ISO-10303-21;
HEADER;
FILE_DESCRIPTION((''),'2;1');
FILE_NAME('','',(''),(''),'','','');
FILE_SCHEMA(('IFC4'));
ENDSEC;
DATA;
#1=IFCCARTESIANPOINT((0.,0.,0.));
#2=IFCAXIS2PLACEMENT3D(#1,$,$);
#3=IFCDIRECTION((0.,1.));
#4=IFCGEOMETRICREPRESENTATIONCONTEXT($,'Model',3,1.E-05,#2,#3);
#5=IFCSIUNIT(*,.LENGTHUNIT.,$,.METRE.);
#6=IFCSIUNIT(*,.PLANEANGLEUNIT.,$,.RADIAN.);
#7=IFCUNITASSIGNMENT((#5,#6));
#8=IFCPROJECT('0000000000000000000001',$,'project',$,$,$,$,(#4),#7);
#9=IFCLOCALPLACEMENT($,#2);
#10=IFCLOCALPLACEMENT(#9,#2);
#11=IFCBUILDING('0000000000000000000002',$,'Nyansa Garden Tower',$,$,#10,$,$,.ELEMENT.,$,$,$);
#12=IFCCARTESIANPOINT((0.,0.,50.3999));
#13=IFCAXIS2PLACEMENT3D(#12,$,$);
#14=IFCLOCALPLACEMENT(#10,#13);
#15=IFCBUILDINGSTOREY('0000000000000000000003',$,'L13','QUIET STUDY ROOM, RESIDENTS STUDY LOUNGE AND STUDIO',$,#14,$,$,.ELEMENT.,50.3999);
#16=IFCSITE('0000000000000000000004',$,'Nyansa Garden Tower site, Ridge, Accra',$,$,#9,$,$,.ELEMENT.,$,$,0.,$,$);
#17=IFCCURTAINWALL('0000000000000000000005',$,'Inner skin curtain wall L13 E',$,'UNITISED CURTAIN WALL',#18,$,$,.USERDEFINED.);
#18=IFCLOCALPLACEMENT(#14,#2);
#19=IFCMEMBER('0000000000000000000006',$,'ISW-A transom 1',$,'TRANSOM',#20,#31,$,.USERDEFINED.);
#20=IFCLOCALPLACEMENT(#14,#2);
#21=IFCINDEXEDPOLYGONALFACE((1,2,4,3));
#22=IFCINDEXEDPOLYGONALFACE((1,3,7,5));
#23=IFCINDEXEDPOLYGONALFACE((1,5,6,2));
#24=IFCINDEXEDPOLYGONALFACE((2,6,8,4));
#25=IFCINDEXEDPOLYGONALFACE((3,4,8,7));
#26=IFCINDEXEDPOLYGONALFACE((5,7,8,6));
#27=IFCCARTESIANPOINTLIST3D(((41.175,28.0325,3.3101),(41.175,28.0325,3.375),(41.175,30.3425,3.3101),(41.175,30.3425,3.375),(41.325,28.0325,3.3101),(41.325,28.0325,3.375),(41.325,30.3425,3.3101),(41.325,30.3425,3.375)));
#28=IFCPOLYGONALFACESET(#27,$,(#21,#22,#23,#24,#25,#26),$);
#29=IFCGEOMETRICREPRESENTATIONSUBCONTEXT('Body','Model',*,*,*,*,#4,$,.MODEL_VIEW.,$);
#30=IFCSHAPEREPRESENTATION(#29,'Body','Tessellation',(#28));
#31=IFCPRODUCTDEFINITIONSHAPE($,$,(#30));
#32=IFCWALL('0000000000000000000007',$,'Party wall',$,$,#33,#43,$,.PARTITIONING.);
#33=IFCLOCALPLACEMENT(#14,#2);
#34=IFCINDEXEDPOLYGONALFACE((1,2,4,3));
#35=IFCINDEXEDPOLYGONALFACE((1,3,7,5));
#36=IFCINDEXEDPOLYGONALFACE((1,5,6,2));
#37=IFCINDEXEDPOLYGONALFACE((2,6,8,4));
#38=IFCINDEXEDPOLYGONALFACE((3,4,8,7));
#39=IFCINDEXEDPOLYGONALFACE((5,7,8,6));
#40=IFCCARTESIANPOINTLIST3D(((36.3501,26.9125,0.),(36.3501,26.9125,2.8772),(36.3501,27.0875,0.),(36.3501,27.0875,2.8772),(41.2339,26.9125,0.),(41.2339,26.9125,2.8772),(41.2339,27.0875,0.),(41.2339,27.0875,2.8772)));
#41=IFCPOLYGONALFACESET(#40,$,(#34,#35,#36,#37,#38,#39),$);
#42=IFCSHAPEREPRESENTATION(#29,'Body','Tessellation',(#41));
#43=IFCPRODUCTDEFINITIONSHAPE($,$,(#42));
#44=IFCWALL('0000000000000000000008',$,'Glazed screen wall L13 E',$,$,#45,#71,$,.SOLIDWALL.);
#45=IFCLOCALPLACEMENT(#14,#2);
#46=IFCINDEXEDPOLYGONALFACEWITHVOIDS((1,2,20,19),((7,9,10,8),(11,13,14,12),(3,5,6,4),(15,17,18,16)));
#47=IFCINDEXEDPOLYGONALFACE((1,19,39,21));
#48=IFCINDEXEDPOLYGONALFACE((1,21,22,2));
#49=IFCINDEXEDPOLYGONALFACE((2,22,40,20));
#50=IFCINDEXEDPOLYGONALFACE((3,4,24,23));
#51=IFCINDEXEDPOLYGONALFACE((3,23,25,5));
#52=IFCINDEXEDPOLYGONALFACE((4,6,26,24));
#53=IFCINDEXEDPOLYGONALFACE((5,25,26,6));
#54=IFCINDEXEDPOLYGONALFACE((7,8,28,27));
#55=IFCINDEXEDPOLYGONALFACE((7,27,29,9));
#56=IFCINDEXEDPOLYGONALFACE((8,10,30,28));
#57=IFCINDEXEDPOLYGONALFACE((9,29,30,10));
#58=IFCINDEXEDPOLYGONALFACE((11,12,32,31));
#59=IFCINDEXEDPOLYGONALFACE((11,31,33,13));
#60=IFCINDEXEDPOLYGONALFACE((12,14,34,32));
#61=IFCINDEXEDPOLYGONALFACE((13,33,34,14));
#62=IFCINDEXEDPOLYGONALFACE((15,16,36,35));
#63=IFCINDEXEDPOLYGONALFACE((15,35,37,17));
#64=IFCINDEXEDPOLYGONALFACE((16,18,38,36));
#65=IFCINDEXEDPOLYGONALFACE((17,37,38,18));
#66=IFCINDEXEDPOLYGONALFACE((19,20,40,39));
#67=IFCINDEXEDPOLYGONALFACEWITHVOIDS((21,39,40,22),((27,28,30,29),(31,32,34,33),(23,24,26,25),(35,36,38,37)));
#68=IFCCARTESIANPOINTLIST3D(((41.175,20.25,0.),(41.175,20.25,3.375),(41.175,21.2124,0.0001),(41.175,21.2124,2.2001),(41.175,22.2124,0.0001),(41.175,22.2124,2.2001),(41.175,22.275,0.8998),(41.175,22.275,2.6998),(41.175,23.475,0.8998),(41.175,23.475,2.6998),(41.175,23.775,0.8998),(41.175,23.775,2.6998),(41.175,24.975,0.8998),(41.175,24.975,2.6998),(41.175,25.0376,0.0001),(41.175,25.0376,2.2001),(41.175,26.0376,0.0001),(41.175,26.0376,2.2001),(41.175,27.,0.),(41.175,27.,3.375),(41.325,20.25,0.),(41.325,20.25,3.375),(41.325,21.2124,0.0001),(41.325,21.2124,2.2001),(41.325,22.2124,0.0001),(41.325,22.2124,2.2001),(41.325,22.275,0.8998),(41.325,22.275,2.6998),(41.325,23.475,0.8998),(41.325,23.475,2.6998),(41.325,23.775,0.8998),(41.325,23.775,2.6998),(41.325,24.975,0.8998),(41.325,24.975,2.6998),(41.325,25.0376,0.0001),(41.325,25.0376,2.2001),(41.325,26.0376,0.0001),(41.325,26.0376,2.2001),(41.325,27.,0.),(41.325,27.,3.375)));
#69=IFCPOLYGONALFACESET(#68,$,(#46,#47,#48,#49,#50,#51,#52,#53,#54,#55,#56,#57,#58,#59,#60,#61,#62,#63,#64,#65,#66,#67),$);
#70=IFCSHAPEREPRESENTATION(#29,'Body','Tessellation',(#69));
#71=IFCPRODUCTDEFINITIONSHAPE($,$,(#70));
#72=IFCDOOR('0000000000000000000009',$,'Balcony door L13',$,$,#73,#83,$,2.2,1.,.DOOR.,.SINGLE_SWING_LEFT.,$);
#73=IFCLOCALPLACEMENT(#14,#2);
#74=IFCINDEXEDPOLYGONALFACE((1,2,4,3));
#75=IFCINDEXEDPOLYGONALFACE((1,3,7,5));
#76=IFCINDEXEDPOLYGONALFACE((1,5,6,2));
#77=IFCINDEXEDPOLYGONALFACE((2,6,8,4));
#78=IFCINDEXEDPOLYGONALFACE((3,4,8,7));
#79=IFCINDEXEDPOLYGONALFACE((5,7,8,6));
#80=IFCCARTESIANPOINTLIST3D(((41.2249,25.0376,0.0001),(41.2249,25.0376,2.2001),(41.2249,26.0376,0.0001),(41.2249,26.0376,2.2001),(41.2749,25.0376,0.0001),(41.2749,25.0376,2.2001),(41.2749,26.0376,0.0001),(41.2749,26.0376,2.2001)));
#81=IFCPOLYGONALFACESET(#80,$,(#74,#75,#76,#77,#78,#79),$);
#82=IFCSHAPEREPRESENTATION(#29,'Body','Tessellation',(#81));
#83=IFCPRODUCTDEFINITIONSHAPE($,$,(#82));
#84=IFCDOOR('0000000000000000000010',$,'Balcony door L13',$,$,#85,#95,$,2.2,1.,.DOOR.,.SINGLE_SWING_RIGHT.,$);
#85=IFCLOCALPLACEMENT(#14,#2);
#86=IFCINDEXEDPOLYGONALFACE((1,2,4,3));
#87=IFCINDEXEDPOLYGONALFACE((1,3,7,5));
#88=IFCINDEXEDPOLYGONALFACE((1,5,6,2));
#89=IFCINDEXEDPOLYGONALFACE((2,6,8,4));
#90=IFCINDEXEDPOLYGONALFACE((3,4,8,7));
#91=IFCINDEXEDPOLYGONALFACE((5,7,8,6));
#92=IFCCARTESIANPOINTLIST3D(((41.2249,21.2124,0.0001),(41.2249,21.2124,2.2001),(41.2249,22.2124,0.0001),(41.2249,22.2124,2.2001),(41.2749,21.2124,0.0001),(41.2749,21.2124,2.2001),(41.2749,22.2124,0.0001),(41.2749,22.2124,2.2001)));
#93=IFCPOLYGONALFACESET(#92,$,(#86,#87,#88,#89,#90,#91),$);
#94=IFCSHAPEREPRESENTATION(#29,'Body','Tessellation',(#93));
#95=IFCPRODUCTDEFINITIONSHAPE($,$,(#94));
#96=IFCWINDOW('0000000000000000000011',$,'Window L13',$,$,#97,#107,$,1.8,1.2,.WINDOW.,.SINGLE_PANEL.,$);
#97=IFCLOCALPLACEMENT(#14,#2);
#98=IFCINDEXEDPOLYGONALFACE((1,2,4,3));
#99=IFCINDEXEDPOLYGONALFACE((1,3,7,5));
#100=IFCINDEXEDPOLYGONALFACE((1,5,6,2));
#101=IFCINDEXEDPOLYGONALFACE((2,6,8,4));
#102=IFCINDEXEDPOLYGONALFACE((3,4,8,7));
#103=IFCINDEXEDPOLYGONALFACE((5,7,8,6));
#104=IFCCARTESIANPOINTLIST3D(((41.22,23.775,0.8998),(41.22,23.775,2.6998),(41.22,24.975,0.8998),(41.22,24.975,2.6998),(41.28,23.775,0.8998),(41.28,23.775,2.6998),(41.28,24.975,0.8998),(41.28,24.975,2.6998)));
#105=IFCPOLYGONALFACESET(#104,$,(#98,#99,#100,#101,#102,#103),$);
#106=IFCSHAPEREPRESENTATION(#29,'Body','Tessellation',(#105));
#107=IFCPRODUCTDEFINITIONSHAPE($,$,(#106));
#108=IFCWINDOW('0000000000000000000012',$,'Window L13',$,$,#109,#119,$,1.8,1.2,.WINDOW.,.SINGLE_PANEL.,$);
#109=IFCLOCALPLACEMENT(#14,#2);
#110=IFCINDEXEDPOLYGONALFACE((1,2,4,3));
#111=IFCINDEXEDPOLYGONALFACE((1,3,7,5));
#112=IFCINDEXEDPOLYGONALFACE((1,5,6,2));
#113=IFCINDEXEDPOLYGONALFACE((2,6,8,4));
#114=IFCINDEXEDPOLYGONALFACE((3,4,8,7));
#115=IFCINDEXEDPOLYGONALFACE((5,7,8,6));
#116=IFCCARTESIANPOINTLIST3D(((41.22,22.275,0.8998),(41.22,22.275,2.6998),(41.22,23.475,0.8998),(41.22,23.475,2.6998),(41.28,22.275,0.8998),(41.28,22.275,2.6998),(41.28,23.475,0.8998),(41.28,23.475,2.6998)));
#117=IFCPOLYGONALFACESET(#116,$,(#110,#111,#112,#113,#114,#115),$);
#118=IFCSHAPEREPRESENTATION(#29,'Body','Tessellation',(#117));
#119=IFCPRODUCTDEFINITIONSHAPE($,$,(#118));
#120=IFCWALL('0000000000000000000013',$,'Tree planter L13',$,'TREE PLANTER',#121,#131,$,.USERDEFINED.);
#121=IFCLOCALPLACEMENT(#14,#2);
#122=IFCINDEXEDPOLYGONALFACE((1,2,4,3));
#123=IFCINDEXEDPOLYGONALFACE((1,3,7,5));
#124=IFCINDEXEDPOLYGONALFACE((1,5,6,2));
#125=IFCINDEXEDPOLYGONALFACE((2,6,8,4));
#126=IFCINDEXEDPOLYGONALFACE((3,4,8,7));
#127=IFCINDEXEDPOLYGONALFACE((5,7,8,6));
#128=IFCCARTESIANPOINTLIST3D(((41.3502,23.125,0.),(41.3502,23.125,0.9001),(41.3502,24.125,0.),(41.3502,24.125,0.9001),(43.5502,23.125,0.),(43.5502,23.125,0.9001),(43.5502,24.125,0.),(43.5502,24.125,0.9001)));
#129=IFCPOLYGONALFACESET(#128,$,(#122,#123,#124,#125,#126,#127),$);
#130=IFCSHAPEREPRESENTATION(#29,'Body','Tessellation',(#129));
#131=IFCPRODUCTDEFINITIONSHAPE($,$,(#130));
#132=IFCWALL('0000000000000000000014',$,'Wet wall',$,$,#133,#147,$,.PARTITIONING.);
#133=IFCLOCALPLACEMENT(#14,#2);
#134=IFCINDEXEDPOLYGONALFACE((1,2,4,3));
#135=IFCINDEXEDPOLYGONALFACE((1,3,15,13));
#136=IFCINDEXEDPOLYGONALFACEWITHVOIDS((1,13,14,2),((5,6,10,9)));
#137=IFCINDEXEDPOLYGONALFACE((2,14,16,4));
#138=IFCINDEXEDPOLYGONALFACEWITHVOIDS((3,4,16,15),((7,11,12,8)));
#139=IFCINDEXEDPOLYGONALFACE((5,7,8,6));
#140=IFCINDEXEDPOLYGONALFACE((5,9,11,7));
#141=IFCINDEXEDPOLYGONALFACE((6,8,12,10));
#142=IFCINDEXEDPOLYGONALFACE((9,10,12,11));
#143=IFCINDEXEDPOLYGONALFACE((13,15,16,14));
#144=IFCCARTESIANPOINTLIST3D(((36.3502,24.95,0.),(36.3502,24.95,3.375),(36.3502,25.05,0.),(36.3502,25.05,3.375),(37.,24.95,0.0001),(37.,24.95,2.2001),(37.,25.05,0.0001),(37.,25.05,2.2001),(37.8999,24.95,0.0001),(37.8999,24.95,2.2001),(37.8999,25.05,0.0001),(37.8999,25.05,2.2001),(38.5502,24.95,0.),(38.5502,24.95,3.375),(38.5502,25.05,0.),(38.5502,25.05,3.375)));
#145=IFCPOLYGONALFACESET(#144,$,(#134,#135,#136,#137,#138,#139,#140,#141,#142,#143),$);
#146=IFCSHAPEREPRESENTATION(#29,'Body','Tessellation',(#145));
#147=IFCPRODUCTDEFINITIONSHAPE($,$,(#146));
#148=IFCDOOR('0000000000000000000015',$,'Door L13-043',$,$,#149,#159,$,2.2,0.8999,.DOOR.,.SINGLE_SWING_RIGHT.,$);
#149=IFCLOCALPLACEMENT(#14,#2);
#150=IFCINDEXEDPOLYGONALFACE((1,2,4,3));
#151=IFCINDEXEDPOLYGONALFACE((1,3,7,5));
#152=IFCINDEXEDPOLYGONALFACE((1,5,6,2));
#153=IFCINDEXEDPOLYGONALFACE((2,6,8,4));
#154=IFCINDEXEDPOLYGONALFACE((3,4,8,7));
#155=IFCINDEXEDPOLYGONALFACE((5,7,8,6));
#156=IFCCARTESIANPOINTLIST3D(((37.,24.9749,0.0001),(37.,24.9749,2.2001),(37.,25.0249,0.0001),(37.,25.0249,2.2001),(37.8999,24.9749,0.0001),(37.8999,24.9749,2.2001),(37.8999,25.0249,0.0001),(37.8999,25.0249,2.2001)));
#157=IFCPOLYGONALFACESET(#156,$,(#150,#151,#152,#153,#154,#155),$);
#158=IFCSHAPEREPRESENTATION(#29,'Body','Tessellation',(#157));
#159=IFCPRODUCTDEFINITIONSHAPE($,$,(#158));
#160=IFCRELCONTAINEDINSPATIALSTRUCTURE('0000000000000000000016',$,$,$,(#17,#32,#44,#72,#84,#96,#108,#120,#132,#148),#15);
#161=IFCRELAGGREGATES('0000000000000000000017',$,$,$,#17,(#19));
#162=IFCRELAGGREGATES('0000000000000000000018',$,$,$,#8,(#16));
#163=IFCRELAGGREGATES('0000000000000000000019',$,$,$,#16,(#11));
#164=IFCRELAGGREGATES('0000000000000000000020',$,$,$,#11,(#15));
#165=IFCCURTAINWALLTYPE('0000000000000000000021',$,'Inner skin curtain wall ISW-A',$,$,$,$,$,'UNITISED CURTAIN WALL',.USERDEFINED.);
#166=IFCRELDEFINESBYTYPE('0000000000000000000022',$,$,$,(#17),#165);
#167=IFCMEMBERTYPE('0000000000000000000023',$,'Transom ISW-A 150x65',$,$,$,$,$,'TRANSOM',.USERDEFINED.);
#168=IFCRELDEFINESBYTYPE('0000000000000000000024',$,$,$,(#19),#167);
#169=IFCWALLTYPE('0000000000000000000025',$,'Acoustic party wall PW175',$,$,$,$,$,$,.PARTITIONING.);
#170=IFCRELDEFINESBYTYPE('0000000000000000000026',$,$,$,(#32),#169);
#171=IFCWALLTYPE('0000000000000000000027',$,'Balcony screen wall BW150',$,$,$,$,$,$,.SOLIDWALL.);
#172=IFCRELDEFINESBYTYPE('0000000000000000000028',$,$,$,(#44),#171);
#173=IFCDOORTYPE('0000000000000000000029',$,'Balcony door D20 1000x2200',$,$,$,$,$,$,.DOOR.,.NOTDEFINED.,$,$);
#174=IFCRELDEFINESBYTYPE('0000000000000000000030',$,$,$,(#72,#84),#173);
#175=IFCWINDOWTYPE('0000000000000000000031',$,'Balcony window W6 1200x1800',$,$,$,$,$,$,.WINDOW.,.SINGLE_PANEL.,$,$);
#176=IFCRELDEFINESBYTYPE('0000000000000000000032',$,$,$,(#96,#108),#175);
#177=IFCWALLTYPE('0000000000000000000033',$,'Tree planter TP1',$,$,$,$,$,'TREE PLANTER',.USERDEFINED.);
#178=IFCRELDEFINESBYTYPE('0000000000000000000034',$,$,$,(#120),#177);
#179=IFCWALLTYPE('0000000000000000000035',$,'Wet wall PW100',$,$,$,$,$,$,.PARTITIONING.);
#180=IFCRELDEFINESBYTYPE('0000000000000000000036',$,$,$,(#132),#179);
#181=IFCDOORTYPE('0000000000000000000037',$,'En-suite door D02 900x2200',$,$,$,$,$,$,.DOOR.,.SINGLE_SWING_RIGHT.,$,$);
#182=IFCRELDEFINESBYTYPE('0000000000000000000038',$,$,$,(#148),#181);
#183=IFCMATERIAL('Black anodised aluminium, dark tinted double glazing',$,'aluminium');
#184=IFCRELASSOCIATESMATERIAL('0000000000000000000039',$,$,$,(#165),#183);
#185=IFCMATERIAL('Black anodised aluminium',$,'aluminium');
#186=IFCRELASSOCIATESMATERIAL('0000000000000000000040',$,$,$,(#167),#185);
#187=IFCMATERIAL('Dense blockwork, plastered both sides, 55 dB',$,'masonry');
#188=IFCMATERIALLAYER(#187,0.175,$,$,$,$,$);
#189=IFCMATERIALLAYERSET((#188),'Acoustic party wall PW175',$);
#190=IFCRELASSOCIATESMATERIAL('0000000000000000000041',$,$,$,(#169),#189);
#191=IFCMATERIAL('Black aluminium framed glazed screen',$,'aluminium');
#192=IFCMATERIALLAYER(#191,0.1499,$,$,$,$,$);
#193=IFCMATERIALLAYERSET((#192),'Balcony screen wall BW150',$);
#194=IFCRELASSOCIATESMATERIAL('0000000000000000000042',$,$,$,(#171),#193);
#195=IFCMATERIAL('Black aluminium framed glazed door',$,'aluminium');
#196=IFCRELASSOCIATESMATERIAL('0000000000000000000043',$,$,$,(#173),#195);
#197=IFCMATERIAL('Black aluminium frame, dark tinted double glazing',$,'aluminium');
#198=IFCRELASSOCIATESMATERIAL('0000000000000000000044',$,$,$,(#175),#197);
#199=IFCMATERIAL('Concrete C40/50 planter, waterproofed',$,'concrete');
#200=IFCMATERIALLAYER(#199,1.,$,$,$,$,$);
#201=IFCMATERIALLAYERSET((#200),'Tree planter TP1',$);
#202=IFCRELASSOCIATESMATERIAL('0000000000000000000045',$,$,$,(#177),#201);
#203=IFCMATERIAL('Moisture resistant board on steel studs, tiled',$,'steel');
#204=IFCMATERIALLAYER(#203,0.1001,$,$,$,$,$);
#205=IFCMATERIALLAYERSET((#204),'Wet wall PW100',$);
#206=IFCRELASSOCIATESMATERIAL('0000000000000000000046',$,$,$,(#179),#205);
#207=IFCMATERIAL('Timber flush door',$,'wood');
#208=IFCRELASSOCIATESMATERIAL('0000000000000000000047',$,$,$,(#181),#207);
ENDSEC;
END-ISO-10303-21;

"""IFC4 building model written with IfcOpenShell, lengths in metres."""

from ifc_helpers import new_model, si_unit, direction, frame, frame_2d, origin, origin_2d, place, context, subcontext, project, spatial, rectangle, extrude, material, layer, layer_set, material_profile, profile_set, type_object, element, fill, aggregate, save


model = new_model("IFC4")

# Units and contexts
model_context = context("Model", 3, precision=1e-05, world=origin(), true_north=direction((0.0, 1.0)))
body_context = subcontext(model_context, "Body", "Model", "MODEL_VIEW")
ifc_project = project(units=[si_unit("LENGTHUNIT", "METRE"), si_unit("PLANEANGLEUNIT", "RADIAN")], contexts=[model_context])

# Site, building, storey
site_placement = place(None, origin())
site = spatial("IfcSite", under=ifc_project, at=site_placement, Name="Nyansa Garden Tower site, Ridge, Accra", CompositionType="ELEMENT", RefElevation=0.0)
building_placement = place(site_placement, origin())
building = spatial("IfcBuilding", under=site, at=building_placement, Name="Nyansa Garden Tower", CompositionType="ELEMENT")
storey_placement = place(building_placement, frame((0.0, 0.0, 50.3999)))
storey = spatial("IfcBuildingStorey", under=building, at=storey_placement, Name="L13", Description="QUIET STUDY ROOM, RESIDENTS STUDY LOUNGE AND STUDIO", CompositionType="ELEMENT", Elevation=50.3999)

# Curtain wall
ifc_material_1 = material(Name="Black anodised aluminium, dark tinted double glazing", Category="aluminium")
curtain_wall_type = type_object("IfcCurtainWallType", Name="Inner skin curtain wall ISW-A", ElementType="UNITISED CURTAIN WALL", PredefinedType="USERDEFINED", material=ifc_material_1)
curtain_wall_placement = place(storey_placement, origin())
curtain_wall = element("IfcCurtainWall", 1, at=curtain_wall_placement, inside=storey, type_object=curtain_wall_type, Name="Inner skin curtain wall L13 E", ObjectType="UNITISED CURTAIN WALL", PredefinedType="USERDEFINED")

# Member
ifc_material_2 = material(Name="Black anodised aluminium", Category="aluminium")
ifc_material_profile_1 = material_profile(ifc_material_2, rectangle(XDim=0.1499, YDim=0.0649, at=origin_2d()), Name="Transom 150x65")
ifc_profile_set_1 = profile_set([ifc_material_profile_1], Name="Black anodised aluminium")
member_type_1 = type_object("IfcMemberType", Name="Transom ISW-A 150x65", ElementType="TRANSOM", PredefinedType="USERDEFINED", material=ifc_profile_set_1)
member_1_placement = place(storey_placement, frame((41.25, 28.0325, 3.3425), z_axis=(0.0, 1.0, 0.0), x_axis=(-1.0, 0.0, 0.0)))
member_1 = element("IfcMember", 2, at=member_1_placement, type_object=member_type_1, Name="ISW-A transom 1", ObjectType="TRANSOM", PredefinedType="USERDEFINED", context=body_context, shape_type="SweptSolid", body=[
    extrude(rectangle(XDim=0.1499, YDim=0.0649, at=origin_2d()), origin(), (0.0, 0.0, 1.0), 2.3101),
])
aggregate(curtain_wall, [member_1])

# Wall
ifc_material_3 = material(Name="Dense blockwork, plastered both sides, 55 dB", Category="masonry")
ifc_layer_1 = layer(ifc_material_3, 0.175)
ifc_layer_set_1 = layer_set([ifc_layer_1], Name="Acoustic party wall PW175")
wall_type_1 = type_object("IfcWallType", Name="Acoustic party wall PW175", PredefinedType="PARTITIONING", material=ifc_layer_set_1)
wall_1_placement = place(storey_placement, frame((36.3501, 27.0, 0.0), z_axis=(0.0, 0.0, 1.0), x_axis=(1.0, 0.0, 0.0)))
element("IfcWall", 3, at=wall_1_placement, inside=storey, type_object=wall_type_1, Name="Party wall", PredefinedType="PARTITIONING", context=body_context, shape_type="SweptSolid", body=[
    extrude(rectangle(XDim=4.8838, YDim=0.175, at=frame_2d((2.4419, 0.0))), origin(), (0.0, 0.0, 1.0), 2.8772),
])

# Wall, openings, doors, windows
ifc_material_4 = material(Name="Black aluminium framed glazed screen", Category="aluminium")
ifc_layer_2 = layer(ifc_material_4, 0.1499)
ifc_layer_set_2 = layer_set([ifc_layer_2], Name="Balcony screen wall BW150")
wall_type_2 = type_object("IfcWallType", Name="Balcony screen wall BW150", PredefinedType="SOLIDWALL", material=ifc_layer_set_2)
wall_2_placement = place(storey_placement, frame((41.25, 27.0, 0.0), z_axis=(0.0, 0.0, 1.0), x_axis=(0.0, -1.0, 0.0)))
wall_2 = element("IfcWall", 4, at=wall_2_placement, inside=storey, type_object=wall_type_2, Name="Glazed screen wall L13 E", PredefinedType="SOLIDWALL", context=body_context, shape_type="SweptSolid", body=[
    extrude(rectangle(XDim=6.75, YDim=0.1499, at=frame_2d((3.375, 0.0))), origin(), (0.0, 0.0, 1.0), 3.375),
])
opening_1_placement = place(wall_2_placement, frame((0.9624, 0.0, 0.0)))
opening_1 = element("IfcOpeningElement", 5, at=opening_1_placement, cuts=wall_2, PredefinedType="OPENING", context=body_context, shape_type="SweptSolid", body=[
    extrude(rectangle(XDim=1.0, YDim=2.2, at=frame_2d((0.5, 1.1001))), frame((0.0, 0.085, 0.0), z_axis=(0.0, -1.0, 0.0), x_axis=(1.0, 0.0, 0.0)), (0.0, 0.0, 1.0), 0.1699),
])
opening_2_placement = place(wall_2_placement, frame((2.0249, 0.0, 0.8999)))
opening_2 = element("IfcOpeningElement", 6, at=opening_2_placement, cuts=wall_2, PredefinedType="OPENING", context=body_context, shape_type="SweptSolid", body=[
    extrude(rectangle(XDim=1.2, YDim=1.8, at=frame_2d((0.6001, 0.8999))), frame((0.0, 0.085, 0.0), z_axis=(0.0, -1.0, 0.0), x_axis=(1.0, 0.0, 0.0)), (0.0, 0.0, 1.0), 0.1699),
])
opening_3_placement = place(wall_2_placement, frame((4.7876, 0.0, 0.0)))
opening_3 = element("IfcOpeningElement", 7, at=opening_3_placement, cuts=wall_2, PredefinedType="OPENING", context=body_context, shape_type="SweptSolid", body=[
    extrude(rectangle(XDim=1.0, YDim=2.2, at=frame_2d((0.5, 1.1001))), frame((0.0, 0.085, 0.0), z_axis=(0.0, -1.0, 0.0), x_axis=(1.0, 0.0, 0.0)), (0.0, 0.0, 1.0), 0.1699),
])
opening_4_placement = place(wall_2_placement, frame((3.5249, 0.0, 0.8999)))
opening_4 = element("IfcOpeningElement", 8, at=opening_4_placement, cuts=wall_2, PredefinedType="OPENING", context=body_context, shape_type="SweptSolid", body=[
    extrude(rectangle(XDim=1.2, YDim=1.8, at=frame_2d((0.6001, 0.8999))), frame((0.0, 0.085, 0.0), z_axis=(0.0, -1.0, 0.0), x_axis=(1.0, 0.0, 0.0)), (0.0, 0.0, 1.0), 0.1699),
])
ifc_material_5 = material(Name="Black aluminium framed glazed door", Category="aluminium")
door_type_1 = type_object("IfcDoorType", Name="Balcony door D20 1000x2200", OperationType="NOTDEFINED", PredefinedType="DOOR", material=ifc_material_5)
door_1_placement = place(opening_1_placement, origin())
door_1 = element("IfcDoor", 9, at=door_1_placement, inside=storey, type_object=door_type_1, Name="Balcony door L13", OperationType="SINGLE_SWING_LEFT", OverallHeight=2.2, OverallWidth=1.0, PredefinedType="DOOR", context=body_context, shape_type="SweptSolid", body=[
    extrude(rectangle(XDim=1.0, YDim=2.2, at=frame_2d((0.5, 1.1001))), frame((0.0, 0.0249, 0.0), z_axis=(0.0, -1.0, 0.0), x_axis=(1.0, 0.0, 0.0)), (0.0, 0.0, 1.0), 0.05),
])
fill(opening_1, door_1)
door_2_placement = place(opening_3_placement, origin())
door_2 = element("IfcDoor", 10, at=door_2_placement, inside=storey, type_object=door_type_1, Name="Balcony door L13", OperationType="SINGLE_SWING_RIGHT", OverallHeight=2.2, OverallWidth=1.0, PredefinedType="DOOR", context=body_context, shape_type="SweptSolid", body=[
    extrude(rectangle(XDim=1.0, YDim=2.2, at=frame_2d((0.5, 1.1001))), frame((0.0, 0.0249, 0.0), z_axis=(0.0, -1.0, 0.0), x_axis=(1.0, 0.0, 0.0)), (0.0, 0.0, 1.0), 0.05),
])
fill(opening_3, door_2)
ifc_material_6 = material(Name="Black aluminium frame, dark tinted double glazing", Category="aluminium")
window_type = type_object("IfcWindowType", Name="Balcony window W6 1200x1800", PartitioningType="SINGLE_PANEL", PredefinedType="WINDOW", material=ifc_material_6)
window_1_placement = place(opening_2_placement, origin())
window_1 = element("IfcWindow", 11, at=window_1_placement, inside=storey, type_object=window_type, Name="Window L13", OverallHeight=1.8, OverallWidth=1.2, PartitioningType="SINGLE_PANEL", PredefinedType="WINDOW", context=body_context, shape_type="SweptSolid", body=[
    extrude(rectangle(XDim=1.2, YDim=1.8, at=frame_2d((0.6001, 0.8999))), frame((0.0, 0.03, 0.0), z_axis=(0.0, -1.0, 0.0), x_axis=(1.0, 0.0, 0.0)), (0.0, 0.0, 1.0), 0.0601),
])
fill(opening_2, window_1)
window_2_placement = place(opening_4_placement, origin())
window_2 = element("IfcWindow", 12, at=window_2_placement, inside=storey, type_object=window_type, Name="Window L13", OverallHeight=1.8, OverallWidth=1.2, PartitioningType="SINGLE_PANEL", PredefinedType="WINDOW", context=body_context, shape_type="SweptSolid", body=[
    extrude(rectangle(XDim=1.2, YDim=1.8, at=frame_2d((0.6001, 0.8999))), frame((0.0, 0.03, 0.0), z_axis=(0.0, -1.0, 0.0), x_axis=(1.0, 0.0, 0.0)), (0.0, 0.0, 1.0), 0.0601),
])
fill(opening_4, window_2)

# Wall
ifc_material_7 = material(Name="Concrete C40/50 planter, waterproofed", Category="concrete")
ifc_layer_3 = layer(ifc_material_7, 1.0)
ifc_layer_set_3 = layer_set([ifc_layer_3], Name="Tree planter TP1")
wall_type_3 = type_object("IfcWallType", Name="Tree planter TP1", ElementType="TREE PLANTER", PredefinedType="USERDEFINED", material=ifc_layer_set_3)
wall_3_placement = place(storey_placement, frame((41.3501, 23.625, 0.0), z_axis=(0.0, 0.0, 1.0), x_axis=(1.0, 0.0, 0.0)))
element("IfcWall", 13, at=wall_3_placement, inside=storey, type_object=wall_type_3, Name="Tree planter L13", ObjectType="TREE PLANTER", PredefinedType="USERDEFINED", context=body_context, shape_type="SweptSolid", body=[
    extrude(rectangle(XDim=2.2, YDim=1.0, at=frame_2d((1.1001, 0.0))), origin(), (0.0, 0.0, 1.0), 0.9001),
])

# Wall, opening, door
ifc_material_8 = material(Name="Moisture resistant board on steel studs, tiled", Category="steel")
ifc_layer_4 = layer(ifc_material_8, 0.1001)
ifc_layer_set_4 = layer_set([ifc_layer_4], Name="Wet wall PW100")
wall_type_4 = type_object("IfcWallType", Name="Wet wall PW100", PredefinedType="PARTITIONING", material=ifc_layer_set_4)
wall_4_placement = place(storey_placement, frame((36.3501, 25.0, 0.0), z_axis=(0.0, 0.0, 1.0), x_axis=(1.0, 0.0, 0.0)))
wall_4 = element("IfcWall", 14, at=wall_4_placement, inside=storey, type_object=wall_type_4, Name="Wet wall", PredefinedType="PARTITIONING", context=body_context, shape_type="SweptSolid", body=[
    extrude(rectangle(XDim=2.2, YDim=0.1001, at=frame_2d((1.1001, 0.0))), origin(), (0.0, 0.0, 1.0), 3.375),
])
opening_5_placement = place(wall_4_placement, frame((0.6499, 0.0, 0.0)))
opening_5 = element("IfcOpeningElement", 15, at=opening_5_placement, cuts=wall_4, PredefinedType="OPENING", context=body_context, shape_type="SweptSolid", body=[
    extrude(rectangle(XDim=0.8999, YDim=2.2, at=frame_2d((0.45, 1.1001))), frame((0.0, 0.0601, 0.0), z_axis=(0.0, -1.0, 0.0), x_axis=(1.0, 0.0, 0.0)), (0.0, 0.0, 1.0), 0.1201),
])
ifc_material_9 = material(Name="Timber flush door", Category="wood")
door_type_2 = type_object("IfcDoorType", Name="En-suite door D02 900x2200", OperationType="SINGLE_SWING_RIGHT", PredefinedType="DOOR", material=ifc_material_9)
door_3_placement = place(opening_5_placement, origin())
door_3 = element("IfcDoor", 16, at=door_3_placement, inside=storey, type_object=door_type_2, Name="Door L13-043", OperationType="SINGLE_SWING_RIGHT", OverallHeight=2.2, OverallWidth=0.8999, PredefinedType="DOOR", context=body_context, shape_type="SweptSolid", body=[
    extrude(rectangle(XDim=0.8999, YDim=2.2, at=frame_2d((0.45, 1.1001))), frame((0.0, 0.0249, 0.0), z_axis=(0.0, -1.0, 0.0), x_axis=(1.0, 0.0, 0.0)), (0.0, 0.0, 1.0), 0.05),
])
fill(opening_5, door_3)

save(model, "model.ifc")
